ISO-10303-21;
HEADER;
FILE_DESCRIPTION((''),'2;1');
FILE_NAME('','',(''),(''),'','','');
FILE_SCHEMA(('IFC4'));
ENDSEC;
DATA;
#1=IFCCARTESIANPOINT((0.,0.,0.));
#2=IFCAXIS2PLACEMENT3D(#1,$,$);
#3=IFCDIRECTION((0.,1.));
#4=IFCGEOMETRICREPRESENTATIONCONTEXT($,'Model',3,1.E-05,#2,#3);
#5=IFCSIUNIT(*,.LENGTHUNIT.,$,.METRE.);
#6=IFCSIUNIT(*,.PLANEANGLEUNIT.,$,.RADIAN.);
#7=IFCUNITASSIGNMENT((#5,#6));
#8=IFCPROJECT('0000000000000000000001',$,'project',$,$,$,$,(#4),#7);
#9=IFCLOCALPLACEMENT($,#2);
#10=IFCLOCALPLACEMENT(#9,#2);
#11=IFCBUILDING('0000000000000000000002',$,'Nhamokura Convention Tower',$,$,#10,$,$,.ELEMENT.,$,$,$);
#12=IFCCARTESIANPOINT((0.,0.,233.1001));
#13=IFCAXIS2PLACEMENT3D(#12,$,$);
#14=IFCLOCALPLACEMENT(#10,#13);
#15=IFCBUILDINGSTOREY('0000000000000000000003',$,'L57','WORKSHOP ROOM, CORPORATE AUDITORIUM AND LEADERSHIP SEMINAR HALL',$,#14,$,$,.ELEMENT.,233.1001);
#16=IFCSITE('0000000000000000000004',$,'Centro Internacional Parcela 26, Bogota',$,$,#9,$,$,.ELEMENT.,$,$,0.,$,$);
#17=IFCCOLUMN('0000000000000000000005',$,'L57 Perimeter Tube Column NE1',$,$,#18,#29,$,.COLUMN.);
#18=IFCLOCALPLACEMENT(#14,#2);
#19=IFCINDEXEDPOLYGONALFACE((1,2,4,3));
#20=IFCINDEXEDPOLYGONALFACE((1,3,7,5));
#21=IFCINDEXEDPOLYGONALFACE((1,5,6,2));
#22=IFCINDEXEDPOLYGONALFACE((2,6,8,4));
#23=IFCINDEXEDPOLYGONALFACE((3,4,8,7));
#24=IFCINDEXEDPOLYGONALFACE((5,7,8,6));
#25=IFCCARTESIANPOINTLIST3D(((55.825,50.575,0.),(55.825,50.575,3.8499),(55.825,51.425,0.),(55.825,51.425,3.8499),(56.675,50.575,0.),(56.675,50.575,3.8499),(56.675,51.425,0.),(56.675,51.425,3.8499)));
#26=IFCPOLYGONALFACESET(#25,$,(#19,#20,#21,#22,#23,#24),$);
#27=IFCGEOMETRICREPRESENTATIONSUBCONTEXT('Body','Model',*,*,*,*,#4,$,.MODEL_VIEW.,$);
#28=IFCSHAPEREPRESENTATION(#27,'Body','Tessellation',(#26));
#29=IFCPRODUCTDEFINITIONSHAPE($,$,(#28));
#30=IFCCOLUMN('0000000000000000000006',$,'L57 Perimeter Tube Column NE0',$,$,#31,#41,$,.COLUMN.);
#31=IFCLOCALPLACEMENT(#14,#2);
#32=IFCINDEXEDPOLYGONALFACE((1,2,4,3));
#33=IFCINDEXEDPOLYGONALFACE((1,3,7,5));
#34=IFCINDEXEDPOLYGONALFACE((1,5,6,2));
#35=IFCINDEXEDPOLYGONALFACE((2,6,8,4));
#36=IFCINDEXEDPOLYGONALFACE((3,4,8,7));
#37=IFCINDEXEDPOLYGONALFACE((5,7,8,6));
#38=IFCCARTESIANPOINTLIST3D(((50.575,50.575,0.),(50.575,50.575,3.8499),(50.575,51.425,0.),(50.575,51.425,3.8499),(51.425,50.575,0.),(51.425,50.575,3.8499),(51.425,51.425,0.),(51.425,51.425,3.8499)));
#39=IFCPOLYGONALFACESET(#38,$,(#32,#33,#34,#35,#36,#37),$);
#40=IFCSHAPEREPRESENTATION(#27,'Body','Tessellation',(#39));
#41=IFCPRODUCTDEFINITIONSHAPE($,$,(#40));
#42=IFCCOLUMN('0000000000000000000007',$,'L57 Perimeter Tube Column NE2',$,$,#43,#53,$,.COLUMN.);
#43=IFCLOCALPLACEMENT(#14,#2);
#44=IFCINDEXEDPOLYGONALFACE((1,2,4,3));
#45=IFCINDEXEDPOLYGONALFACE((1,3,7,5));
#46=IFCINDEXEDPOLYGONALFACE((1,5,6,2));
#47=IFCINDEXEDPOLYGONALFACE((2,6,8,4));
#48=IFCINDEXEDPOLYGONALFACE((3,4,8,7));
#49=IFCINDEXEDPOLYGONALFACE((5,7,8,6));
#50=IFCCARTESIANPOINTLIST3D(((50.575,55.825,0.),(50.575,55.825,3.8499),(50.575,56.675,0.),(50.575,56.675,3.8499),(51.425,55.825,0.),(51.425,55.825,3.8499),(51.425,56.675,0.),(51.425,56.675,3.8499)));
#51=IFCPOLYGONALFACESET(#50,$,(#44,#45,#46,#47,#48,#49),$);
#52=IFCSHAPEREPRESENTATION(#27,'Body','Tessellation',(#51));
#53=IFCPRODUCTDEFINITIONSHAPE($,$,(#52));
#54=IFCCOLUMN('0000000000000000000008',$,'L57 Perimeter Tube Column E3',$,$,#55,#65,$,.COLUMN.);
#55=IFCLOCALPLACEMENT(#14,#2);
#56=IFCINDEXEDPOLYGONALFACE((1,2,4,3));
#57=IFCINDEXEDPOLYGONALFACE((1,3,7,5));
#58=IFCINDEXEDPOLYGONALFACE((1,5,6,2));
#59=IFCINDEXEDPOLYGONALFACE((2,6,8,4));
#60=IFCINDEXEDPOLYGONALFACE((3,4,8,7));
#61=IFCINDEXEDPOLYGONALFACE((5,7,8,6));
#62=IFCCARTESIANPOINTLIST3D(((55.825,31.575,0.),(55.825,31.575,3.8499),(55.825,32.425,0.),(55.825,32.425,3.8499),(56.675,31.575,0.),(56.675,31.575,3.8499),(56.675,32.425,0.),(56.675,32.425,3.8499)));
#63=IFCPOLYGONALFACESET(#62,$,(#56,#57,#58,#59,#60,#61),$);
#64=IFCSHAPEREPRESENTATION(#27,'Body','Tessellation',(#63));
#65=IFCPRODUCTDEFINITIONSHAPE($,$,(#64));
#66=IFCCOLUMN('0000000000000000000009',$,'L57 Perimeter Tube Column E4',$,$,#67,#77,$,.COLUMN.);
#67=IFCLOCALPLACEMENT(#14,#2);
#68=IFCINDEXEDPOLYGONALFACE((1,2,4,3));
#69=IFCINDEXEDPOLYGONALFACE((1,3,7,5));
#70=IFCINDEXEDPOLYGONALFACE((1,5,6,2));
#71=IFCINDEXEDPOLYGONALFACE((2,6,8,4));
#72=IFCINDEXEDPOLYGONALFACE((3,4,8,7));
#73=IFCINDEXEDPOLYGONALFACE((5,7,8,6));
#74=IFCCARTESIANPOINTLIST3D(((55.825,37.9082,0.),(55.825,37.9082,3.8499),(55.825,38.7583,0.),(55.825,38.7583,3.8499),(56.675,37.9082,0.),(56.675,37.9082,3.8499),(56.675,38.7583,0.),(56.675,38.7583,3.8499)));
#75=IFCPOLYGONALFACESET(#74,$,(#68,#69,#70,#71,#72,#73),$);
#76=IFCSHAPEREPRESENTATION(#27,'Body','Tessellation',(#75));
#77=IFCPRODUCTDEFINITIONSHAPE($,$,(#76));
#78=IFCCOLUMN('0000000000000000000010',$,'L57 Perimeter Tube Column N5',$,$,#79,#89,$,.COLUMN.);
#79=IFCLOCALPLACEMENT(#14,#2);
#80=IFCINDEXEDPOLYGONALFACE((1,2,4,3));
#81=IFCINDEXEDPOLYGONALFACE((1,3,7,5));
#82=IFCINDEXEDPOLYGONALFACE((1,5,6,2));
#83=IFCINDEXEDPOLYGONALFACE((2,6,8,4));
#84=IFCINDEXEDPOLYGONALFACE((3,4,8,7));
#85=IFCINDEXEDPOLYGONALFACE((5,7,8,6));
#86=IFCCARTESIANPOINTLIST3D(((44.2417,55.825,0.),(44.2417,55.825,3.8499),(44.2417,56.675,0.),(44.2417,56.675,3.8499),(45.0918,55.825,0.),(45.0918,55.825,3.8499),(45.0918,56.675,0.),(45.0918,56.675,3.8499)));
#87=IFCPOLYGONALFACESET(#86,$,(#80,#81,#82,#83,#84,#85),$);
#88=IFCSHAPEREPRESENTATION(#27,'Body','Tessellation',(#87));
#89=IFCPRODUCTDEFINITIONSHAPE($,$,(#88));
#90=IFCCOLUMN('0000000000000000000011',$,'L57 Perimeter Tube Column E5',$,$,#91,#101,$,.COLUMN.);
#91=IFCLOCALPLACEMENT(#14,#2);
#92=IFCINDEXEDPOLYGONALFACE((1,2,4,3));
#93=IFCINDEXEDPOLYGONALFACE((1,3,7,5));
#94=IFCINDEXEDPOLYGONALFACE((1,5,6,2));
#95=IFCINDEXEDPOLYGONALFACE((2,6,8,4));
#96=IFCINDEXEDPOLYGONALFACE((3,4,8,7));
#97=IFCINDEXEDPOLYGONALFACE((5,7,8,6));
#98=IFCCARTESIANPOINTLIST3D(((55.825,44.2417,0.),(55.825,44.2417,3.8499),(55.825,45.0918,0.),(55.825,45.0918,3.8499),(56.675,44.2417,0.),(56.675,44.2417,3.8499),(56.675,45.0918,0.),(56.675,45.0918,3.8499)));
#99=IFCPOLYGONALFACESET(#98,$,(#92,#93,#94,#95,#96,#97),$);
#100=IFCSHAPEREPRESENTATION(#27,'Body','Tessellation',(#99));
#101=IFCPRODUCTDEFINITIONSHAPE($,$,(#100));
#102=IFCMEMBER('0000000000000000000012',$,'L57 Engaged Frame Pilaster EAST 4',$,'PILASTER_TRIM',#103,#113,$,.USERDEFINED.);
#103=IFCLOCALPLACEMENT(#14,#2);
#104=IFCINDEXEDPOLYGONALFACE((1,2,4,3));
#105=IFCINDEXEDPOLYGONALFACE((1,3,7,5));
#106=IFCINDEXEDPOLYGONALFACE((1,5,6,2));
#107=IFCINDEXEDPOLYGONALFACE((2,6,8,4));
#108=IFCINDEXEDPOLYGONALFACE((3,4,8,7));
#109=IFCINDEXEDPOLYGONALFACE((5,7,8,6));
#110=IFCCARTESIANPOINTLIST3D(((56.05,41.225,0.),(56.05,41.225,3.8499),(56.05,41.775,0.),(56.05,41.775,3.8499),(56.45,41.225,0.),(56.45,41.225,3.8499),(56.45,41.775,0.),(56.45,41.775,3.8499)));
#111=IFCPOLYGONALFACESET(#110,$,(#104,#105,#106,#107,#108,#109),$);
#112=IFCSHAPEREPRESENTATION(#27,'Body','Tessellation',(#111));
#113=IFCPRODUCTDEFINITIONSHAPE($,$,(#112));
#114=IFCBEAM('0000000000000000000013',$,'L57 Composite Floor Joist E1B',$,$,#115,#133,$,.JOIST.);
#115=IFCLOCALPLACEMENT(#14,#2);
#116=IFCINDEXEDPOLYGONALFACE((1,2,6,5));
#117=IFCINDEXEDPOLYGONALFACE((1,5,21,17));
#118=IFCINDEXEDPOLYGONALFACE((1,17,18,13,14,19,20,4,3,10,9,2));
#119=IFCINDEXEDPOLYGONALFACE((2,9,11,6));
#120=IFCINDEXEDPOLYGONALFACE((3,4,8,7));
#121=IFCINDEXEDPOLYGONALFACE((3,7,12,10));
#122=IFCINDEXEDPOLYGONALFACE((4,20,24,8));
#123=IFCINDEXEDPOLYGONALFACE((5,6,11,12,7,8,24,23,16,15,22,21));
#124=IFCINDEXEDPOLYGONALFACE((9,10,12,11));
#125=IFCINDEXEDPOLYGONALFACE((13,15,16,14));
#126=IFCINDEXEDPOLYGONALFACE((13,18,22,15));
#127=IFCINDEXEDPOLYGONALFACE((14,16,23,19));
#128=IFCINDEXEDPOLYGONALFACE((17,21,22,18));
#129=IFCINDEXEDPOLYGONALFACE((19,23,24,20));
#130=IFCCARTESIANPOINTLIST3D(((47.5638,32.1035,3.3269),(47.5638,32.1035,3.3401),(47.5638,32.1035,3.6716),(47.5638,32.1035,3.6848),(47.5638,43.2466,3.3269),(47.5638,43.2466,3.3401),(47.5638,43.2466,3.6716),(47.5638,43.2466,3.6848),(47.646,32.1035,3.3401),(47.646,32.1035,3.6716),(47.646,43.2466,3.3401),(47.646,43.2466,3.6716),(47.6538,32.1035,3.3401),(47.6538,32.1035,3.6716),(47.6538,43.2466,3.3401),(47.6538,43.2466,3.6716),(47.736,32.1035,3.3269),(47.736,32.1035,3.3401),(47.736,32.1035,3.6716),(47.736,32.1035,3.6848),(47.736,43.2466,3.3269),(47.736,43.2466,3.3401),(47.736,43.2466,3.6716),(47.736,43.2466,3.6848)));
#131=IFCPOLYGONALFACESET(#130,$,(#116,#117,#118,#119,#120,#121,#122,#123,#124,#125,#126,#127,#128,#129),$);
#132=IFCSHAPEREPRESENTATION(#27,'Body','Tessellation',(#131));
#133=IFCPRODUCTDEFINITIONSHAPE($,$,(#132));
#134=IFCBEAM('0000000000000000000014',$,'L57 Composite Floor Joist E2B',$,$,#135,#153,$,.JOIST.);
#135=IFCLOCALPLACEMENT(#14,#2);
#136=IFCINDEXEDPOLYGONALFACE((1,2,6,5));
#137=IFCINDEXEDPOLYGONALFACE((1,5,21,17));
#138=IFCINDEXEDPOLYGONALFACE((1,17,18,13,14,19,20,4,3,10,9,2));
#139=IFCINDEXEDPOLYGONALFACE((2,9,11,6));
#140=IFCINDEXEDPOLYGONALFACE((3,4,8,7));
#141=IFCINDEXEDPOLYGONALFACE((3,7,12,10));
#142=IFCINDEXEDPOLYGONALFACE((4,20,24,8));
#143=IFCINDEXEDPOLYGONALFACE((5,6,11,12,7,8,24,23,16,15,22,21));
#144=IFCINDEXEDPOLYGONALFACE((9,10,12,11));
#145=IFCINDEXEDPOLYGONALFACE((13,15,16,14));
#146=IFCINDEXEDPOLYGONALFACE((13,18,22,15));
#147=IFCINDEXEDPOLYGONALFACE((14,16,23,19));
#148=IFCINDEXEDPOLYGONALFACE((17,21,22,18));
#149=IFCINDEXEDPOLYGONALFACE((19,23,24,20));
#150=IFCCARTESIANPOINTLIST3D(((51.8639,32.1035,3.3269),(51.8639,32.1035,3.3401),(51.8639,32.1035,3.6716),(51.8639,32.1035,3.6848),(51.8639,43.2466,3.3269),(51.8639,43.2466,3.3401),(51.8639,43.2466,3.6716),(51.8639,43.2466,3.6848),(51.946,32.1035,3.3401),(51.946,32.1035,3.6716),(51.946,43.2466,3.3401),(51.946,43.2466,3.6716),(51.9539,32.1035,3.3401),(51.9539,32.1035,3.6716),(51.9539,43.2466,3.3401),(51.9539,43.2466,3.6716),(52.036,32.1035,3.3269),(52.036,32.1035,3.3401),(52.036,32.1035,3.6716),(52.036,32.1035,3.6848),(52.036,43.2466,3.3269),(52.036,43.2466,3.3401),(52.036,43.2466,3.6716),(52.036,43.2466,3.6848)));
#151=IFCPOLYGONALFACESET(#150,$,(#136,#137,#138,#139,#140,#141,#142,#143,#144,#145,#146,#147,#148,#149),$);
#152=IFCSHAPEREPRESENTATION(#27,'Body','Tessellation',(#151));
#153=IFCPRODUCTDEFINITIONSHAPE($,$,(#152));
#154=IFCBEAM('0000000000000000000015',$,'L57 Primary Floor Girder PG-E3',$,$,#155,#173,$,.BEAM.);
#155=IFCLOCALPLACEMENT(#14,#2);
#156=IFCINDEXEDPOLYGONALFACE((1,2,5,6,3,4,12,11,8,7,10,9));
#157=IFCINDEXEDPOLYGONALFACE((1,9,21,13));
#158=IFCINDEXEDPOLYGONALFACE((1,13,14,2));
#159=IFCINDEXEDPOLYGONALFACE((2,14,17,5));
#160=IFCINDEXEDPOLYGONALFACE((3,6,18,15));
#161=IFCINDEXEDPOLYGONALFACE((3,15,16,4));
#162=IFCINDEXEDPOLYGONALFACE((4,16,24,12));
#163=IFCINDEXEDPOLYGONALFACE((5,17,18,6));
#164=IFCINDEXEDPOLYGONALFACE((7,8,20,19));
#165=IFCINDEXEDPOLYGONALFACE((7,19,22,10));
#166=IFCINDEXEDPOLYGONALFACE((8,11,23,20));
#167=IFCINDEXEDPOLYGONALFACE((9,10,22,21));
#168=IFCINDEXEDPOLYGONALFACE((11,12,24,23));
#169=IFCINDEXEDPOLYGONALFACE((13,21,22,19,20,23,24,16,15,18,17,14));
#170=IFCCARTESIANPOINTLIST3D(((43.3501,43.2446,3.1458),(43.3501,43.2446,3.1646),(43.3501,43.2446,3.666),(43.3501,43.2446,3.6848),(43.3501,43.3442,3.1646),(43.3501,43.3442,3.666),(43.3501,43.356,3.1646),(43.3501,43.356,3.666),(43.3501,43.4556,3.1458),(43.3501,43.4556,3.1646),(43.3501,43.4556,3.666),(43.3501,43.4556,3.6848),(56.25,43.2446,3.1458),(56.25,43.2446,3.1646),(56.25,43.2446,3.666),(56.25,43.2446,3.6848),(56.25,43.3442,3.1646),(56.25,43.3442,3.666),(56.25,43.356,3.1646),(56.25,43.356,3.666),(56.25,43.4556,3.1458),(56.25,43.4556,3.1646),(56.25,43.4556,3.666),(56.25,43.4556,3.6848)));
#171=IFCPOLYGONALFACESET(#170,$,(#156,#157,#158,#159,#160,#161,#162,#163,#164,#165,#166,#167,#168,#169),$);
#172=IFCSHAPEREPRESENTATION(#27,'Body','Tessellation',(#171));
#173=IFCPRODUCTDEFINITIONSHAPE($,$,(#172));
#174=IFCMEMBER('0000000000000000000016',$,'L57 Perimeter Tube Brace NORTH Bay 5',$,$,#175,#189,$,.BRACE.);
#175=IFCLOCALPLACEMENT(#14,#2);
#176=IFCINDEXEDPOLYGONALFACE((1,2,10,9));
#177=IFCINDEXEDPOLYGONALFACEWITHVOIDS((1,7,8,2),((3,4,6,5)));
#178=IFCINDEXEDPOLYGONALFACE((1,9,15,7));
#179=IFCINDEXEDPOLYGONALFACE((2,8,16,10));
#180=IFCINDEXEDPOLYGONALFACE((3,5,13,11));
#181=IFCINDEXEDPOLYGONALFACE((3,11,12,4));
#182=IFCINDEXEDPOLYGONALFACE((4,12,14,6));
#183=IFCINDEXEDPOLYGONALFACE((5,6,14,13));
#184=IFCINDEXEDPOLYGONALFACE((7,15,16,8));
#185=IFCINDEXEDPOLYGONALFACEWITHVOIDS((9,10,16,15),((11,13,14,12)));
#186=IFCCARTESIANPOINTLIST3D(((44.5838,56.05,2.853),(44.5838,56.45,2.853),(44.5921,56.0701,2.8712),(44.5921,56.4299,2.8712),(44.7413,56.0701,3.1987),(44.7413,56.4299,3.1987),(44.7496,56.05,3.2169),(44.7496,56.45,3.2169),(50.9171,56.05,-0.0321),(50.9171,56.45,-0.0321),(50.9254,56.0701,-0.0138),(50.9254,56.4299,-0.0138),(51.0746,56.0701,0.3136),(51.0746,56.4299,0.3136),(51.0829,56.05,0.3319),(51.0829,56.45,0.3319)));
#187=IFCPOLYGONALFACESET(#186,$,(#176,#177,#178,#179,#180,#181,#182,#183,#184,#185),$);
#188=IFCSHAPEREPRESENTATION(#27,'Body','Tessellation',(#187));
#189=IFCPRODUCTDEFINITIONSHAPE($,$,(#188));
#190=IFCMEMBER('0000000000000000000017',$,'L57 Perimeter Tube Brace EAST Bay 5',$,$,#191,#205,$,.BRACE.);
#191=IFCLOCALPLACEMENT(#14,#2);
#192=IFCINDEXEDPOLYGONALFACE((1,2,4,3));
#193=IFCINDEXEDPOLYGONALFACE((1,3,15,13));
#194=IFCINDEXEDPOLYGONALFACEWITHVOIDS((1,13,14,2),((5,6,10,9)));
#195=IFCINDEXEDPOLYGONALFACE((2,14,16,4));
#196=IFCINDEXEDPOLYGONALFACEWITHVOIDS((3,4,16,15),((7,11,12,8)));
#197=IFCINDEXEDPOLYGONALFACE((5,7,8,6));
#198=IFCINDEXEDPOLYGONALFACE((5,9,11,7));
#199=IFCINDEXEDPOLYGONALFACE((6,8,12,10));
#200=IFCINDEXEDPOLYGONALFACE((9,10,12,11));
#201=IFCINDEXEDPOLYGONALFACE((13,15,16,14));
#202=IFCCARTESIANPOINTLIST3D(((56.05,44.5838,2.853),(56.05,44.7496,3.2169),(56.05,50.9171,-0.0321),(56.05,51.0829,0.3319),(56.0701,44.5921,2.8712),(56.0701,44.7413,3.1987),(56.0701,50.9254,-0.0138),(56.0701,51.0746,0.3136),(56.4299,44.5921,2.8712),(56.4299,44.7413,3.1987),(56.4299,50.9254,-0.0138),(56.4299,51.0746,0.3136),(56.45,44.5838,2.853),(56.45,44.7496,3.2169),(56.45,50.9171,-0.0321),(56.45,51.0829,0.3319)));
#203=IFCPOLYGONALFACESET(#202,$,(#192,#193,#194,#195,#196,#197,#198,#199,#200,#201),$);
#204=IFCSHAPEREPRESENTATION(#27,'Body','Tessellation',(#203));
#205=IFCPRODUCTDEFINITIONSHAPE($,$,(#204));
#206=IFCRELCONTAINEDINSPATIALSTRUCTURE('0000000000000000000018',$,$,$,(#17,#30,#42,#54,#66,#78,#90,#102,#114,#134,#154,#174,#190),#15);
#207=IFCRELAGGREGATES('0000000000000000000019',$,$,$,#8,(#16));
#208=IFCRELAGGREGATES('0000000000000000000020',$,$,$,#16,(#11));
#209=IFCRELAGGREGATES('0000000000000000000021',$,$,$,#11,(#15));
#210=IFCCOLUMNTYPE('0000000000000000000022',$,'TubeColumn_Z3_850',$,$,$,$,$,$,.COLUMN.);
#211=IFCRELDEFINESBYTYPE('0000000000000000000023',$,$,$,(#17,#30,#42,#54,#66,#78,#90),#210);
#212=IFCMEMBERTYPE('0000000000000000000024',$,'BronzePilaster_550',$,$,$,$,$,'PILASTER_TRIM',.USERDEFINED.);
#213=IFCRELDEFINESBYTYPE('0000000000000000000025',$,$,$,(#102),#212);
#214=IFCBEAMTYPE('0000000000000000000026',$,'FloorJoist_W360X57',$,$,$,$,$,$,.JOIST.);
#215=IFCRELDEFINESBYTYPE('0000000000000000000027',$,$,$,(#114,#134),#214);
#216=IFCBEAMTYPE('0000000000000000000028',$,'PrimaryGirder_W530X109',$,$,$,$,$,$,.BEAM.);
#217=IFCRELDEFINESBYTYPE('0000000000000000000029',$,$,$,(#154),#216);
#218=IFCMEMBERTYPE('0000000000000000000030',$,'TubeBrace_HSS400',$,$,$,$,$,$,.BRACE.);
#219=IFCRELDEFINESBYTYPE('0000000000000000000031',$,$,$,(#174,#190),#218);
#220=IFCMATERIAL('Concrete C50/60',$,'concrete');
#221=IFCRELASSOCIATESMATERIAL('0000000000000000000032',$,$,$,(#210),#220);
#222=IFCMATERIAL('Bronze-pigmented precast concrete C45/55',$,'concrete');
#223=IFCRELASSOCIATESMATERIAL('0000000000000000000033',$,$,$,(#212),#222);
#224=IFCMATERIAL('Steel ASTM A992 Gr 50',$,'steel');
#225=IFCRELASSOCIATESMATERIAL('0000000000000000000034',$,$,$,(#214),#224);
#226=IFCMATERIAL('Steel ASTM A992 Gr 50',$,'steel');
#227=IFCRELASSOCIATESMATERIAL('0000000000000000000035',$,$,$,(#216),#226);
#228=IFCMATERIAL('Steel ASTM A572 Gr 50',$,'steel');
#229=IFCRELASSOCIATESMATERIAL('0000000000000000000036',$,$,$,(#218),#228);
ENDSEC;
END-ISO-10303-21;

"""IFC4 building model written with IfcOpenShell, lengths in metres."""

from ifc_helpers import new_model, si_unit, direction, frame, origin, origin_2d, place, context, subcontext, project, spatial, rectangle, hollow_rectangle, i_section, extrude, material, material_profile, profile_set, type_object, element, save


model = new_model("IFC4")

# Units and contexts
model_context = context("Model", 3, precision=1e-05, world=origin(), true_north=direction((0.0, 1.0)))
body_context = subcontext(model_context, "Body", "Model", "MODEL_VIEW")
ifc_project = project(units=[si_unit("LENGTHUNIT", "METRE"), si_unit("PLANEANGLEUNIT", "RADIAN")], contexts=[model_context])

# Site, building, storey
site_placement = place(None, origin())
site = spatial("IfcSite", under=ifc_project, at=site_placement, Name="Centro Internacional Parcela 26, Bogota", CompositionType="ELEMENT", RefElevation=0.0)
building_placement = place(site_placement, origin())
building = spatial("IfcBuilding", under=site, at=building_placement, Name="Nhamokura Convention Tower", CompositionType="ELEMENT")
storey_placement = place(building_placement, frame((0.0, 0.0, 233.1001)))
storey = spatial("IfcBuildingStorey", under=building, at=storey_placement, Name="L57", Description="WORKSHOP ROOM, CORPORATE AUDITORIUM AND LEADERSHIP SEMINAR HALL", CompositionType="ELEMENT", Elevation=233.1001)

# Columns
ifc_material_1 = material(Name="Concrete C50/60", Category="concrete")
ifc_material_profile_1 = material_profile(ifc_material_1, rectangle(XDim=0.8501, YDim=0.8501, at=origin_2d()))
ifc_profile_set_1 = profile_set([ifc_material_profile_1], Name="Concrete C50/60")
column_type = type_object("IfcColumnType", Name="TubeColumn_Z3_850", PredefinedType="COLUMN", material=ifc_profile_set_1)
for number, where, z_axis, x_axis, name in (
    (1, (56.25, 51.0, 0.0), (0.0, 0.0, 1.0), (1.0, 0.0, 0.0), "L57 Perimeter Tube Column NE1"),
    (2, (51.0, 51.0, 0.0), (0.0, 0.0, 1.0), (1.0, 0.0, 0.0), "L57 Perimeter Tube Column NE0"),
    (3, (51.0, 56.25, 0.0), (0.0, 0.0, 1.0), (1.0, 0.0, 0.0), "L57 Perimeter Tube Column NE2"),
    (4, (56.25, 32.0, 0.0), (0.0, 0.0, 1.0), (1.0, 0.0, 0.0), "L57 Perimeter Tube Column E3"),
    (5, (56.25, 38.3333, 0.0), (0.0, 0.0, 1.0), (1.0, 0.0, 0.0), "L57 Perimeter Tube Column E4"),
    (6, (44.6667, 56.25, 0.0), (0.0, 0.0, 1.0), (1.0, 0.0, 0.0), "L57 Perimeter Tube Column N5"),
    (7, (56.25, 44.6667, 0.0), (0.0, 0.0, 1.0), (1.0, 0.0, 0.0), "L57 Perimeter Tube Column E5"),
):
    element("IfcColumn", number, at=place(storey_placement, frame(where, z_axis=z_axis, x_axis=x_axis)), inside=storey, type_object=column_type, Name=name, PredefinedType="COLUMN", context=body_context, shape_type="SweptSolid", body=[
        extrude(rectangle(XDim=0.8501, YDim=0.8501, at=origin_2d()), origin(), (0.0, 0.0, 1.0), 3.8499),
    ])

# Member
ifc_material_2 = material(Name="Bronze-pigmented precast concrete C45/55", Category="concrete")
ifc_material_profile_2 = material_profile(ifc_material_2, rectangle(XDim=0.3999, YDim=0.55, at=origin_2d()))
ifc_profile_set_2 = profile_set([ifc_material_profile_2], Name="Bronze-pigmented precast concrete C45/55")
member_type_1 = type_object("IfcMemberType", Name="BronzePilaster_550", ElementType="PILASTER_TRIM", PredefinedType="USERDEFINED", material=ifc_profile_set_2)
member_placement = place(storey_placement, frame((56.25, 41.5, 0.0), z_axis=(0.0, 0.0, 1.0), x_axis=(1.0, 0.0, 0.0)))
element("IfcMember", 8, at=member_placement, inside=storey, type_object=member_type_1, Name="L57 Engaged Frame Pilaster EAST 4", ObjectType="PILASTER_TRIM", PredefinedType="USERDEFINED", context=body_context, shape_type="SweptSolid", body=[
    extrude(rectangle(XDim=0.3999, YDim=0.55, at=origin_2d()), origin(), (0.0, 0.0, 1.0), 3.8499),
])

# Beams
ifc_material_3 = material(Name="Steel ASTM A992 Gr 50", Category="steel")
ifc_material_profile_3 = material_profile(ifc_material_3, i_section(OverallWidth=0.1721, OverallDepth=0.3579, WebThickness=0.0078, FlangeThickness=0.0132, at=origin_2d()))
ifc_profile_set_3 = profile_set([ifc_material_profile_3], Name="Steel ASTM A992 Gr 50")
beam_type_1 = type_object("IfcBeamType", Name="FloorJoist_W360X57", PredefinedType="JOIST", material=ifc_profile_set_3)
for number, where, z_axis, x_axis, name in (
    (9, (47.6499, 32.1035, 3.5059), (0.0, 1.0, 0.0), (-1.0, 0.0, 0.0), "L57 Composite Floor Joist E1B"),
    (10, (51.95, 32.1035, 3.5059), (0.0, 1.0, 0.0), (-1.0, 0.0, 0.0), "L57 Composite Floor Joist E2B"),
):
    element("IfcBeam", number, at=place(storey_placement, frame(where, z_axis=z_axis, x_axis=x_axis)), inside=storey, type_object=beam_type_1, Name=name, PredefinedType="JOIST", context=body_context, shape_type="SweptSolid", body=[
        extrude(i_section(OverallWidth=0.1721, OverallDepth=0.3579, WebThickness=0.0078, FlangeThickness=0.0132, at=origin_2d()), origin(), (0.0, 0.0, 1.0), 11.1431),
    ])
ifc_material_4 = material(Name="Steel ASTM A992 Gr 50", Category="steel")
ifc_material_profile_4 = material_profile(ifc_material_4, i_section(OverallWidth=0.2109, OverallDepth=0.5391, WebThickness=0.0117, FlangeThickness=0.0188, at=origin_2d()))
ifc_profile_set_4 = profile_set([ifc_material_profile_4], Name="Steel ASTM A992 Gr 50")
beam_type_2 = type_object("IfcBeamType", Name="PrimaryGirder_W530X109", PredefinedType="BEAM", material=ifc_profile_set_4)
beam_1_placement = place(storey_placement, frame((43.3501, 43.3501, 3.4153), z_axis=(1.0, 0.0, 0.0), x_axis=(0.0, 1.0, 0.0)))
element("IfcBeam", 11, at=beam_1_placement, inside=storey, type_object=beam_type_2, Name="L57 Primary Floor Girder PG-E3", PredefinedType="BEAM", context=body_context, shape_type="SweptSolid", body=[
    extrude(i_section(OverallWidth=0.2109, OverallDepth=0.5391, WebThickness=0.0117, FlangeThickness=0.0188, at=origin_2d()), origin(), (0.0, 0.0, 1.0), 12.8999),
])

# Members
ifc_material_5 = material(Name="Steel ASTM A572 Gr 50", Category="steel")
ifc_material_profile_5 = material_profile(ifc_material_5, hollow_rectangle(XDim=0.3999, YDim=0.3999, WallThickness=0.02, at=origin_2d()))
ifc_profile_set_5 = profile_set([ifc_material_profile_5], Name="Steel ASTM A572 Gr 50")
member_type_2 = type_object("IfcMemberType", Name="TubeBrace_HSS400", PredefinedType="BRACE", material=ifc_profile_set_5)
for number, where, z_axis, x_axis, name in (
    (12, (51.0, 56.25, 0.1499), (-0.910027, 0.0, 0.414548), (0.0, -1.0, 0.0), "L57 Perimeter Tube Brace NORTH Bay 5"),
    (13, (56.25, 51.0, 0.1499), (0.0, -0.910027, 0.414548), (1.0, 0.0, 0.0), "L57 Perimeter Tube Brace EAST Bay 5"),
):
    element("IfcMember", number, at=place(storey_placement, frame(where, z_axis=z_axis, x_axis=x_axis)), inside=storey, type_object=member_type_2, Name=name, PredefinedType="BRACE", context=body_context, shape_type="SweptSolid", body=[
        extrude(hollow_rectangle(XDim=0.3999, YDim=0.3999, WallThickness=0.02, at=origin_2d()), origin(), (0.0, 0.0, 1.0), 6.9595),
    ])

save(model, "model.ifc")
